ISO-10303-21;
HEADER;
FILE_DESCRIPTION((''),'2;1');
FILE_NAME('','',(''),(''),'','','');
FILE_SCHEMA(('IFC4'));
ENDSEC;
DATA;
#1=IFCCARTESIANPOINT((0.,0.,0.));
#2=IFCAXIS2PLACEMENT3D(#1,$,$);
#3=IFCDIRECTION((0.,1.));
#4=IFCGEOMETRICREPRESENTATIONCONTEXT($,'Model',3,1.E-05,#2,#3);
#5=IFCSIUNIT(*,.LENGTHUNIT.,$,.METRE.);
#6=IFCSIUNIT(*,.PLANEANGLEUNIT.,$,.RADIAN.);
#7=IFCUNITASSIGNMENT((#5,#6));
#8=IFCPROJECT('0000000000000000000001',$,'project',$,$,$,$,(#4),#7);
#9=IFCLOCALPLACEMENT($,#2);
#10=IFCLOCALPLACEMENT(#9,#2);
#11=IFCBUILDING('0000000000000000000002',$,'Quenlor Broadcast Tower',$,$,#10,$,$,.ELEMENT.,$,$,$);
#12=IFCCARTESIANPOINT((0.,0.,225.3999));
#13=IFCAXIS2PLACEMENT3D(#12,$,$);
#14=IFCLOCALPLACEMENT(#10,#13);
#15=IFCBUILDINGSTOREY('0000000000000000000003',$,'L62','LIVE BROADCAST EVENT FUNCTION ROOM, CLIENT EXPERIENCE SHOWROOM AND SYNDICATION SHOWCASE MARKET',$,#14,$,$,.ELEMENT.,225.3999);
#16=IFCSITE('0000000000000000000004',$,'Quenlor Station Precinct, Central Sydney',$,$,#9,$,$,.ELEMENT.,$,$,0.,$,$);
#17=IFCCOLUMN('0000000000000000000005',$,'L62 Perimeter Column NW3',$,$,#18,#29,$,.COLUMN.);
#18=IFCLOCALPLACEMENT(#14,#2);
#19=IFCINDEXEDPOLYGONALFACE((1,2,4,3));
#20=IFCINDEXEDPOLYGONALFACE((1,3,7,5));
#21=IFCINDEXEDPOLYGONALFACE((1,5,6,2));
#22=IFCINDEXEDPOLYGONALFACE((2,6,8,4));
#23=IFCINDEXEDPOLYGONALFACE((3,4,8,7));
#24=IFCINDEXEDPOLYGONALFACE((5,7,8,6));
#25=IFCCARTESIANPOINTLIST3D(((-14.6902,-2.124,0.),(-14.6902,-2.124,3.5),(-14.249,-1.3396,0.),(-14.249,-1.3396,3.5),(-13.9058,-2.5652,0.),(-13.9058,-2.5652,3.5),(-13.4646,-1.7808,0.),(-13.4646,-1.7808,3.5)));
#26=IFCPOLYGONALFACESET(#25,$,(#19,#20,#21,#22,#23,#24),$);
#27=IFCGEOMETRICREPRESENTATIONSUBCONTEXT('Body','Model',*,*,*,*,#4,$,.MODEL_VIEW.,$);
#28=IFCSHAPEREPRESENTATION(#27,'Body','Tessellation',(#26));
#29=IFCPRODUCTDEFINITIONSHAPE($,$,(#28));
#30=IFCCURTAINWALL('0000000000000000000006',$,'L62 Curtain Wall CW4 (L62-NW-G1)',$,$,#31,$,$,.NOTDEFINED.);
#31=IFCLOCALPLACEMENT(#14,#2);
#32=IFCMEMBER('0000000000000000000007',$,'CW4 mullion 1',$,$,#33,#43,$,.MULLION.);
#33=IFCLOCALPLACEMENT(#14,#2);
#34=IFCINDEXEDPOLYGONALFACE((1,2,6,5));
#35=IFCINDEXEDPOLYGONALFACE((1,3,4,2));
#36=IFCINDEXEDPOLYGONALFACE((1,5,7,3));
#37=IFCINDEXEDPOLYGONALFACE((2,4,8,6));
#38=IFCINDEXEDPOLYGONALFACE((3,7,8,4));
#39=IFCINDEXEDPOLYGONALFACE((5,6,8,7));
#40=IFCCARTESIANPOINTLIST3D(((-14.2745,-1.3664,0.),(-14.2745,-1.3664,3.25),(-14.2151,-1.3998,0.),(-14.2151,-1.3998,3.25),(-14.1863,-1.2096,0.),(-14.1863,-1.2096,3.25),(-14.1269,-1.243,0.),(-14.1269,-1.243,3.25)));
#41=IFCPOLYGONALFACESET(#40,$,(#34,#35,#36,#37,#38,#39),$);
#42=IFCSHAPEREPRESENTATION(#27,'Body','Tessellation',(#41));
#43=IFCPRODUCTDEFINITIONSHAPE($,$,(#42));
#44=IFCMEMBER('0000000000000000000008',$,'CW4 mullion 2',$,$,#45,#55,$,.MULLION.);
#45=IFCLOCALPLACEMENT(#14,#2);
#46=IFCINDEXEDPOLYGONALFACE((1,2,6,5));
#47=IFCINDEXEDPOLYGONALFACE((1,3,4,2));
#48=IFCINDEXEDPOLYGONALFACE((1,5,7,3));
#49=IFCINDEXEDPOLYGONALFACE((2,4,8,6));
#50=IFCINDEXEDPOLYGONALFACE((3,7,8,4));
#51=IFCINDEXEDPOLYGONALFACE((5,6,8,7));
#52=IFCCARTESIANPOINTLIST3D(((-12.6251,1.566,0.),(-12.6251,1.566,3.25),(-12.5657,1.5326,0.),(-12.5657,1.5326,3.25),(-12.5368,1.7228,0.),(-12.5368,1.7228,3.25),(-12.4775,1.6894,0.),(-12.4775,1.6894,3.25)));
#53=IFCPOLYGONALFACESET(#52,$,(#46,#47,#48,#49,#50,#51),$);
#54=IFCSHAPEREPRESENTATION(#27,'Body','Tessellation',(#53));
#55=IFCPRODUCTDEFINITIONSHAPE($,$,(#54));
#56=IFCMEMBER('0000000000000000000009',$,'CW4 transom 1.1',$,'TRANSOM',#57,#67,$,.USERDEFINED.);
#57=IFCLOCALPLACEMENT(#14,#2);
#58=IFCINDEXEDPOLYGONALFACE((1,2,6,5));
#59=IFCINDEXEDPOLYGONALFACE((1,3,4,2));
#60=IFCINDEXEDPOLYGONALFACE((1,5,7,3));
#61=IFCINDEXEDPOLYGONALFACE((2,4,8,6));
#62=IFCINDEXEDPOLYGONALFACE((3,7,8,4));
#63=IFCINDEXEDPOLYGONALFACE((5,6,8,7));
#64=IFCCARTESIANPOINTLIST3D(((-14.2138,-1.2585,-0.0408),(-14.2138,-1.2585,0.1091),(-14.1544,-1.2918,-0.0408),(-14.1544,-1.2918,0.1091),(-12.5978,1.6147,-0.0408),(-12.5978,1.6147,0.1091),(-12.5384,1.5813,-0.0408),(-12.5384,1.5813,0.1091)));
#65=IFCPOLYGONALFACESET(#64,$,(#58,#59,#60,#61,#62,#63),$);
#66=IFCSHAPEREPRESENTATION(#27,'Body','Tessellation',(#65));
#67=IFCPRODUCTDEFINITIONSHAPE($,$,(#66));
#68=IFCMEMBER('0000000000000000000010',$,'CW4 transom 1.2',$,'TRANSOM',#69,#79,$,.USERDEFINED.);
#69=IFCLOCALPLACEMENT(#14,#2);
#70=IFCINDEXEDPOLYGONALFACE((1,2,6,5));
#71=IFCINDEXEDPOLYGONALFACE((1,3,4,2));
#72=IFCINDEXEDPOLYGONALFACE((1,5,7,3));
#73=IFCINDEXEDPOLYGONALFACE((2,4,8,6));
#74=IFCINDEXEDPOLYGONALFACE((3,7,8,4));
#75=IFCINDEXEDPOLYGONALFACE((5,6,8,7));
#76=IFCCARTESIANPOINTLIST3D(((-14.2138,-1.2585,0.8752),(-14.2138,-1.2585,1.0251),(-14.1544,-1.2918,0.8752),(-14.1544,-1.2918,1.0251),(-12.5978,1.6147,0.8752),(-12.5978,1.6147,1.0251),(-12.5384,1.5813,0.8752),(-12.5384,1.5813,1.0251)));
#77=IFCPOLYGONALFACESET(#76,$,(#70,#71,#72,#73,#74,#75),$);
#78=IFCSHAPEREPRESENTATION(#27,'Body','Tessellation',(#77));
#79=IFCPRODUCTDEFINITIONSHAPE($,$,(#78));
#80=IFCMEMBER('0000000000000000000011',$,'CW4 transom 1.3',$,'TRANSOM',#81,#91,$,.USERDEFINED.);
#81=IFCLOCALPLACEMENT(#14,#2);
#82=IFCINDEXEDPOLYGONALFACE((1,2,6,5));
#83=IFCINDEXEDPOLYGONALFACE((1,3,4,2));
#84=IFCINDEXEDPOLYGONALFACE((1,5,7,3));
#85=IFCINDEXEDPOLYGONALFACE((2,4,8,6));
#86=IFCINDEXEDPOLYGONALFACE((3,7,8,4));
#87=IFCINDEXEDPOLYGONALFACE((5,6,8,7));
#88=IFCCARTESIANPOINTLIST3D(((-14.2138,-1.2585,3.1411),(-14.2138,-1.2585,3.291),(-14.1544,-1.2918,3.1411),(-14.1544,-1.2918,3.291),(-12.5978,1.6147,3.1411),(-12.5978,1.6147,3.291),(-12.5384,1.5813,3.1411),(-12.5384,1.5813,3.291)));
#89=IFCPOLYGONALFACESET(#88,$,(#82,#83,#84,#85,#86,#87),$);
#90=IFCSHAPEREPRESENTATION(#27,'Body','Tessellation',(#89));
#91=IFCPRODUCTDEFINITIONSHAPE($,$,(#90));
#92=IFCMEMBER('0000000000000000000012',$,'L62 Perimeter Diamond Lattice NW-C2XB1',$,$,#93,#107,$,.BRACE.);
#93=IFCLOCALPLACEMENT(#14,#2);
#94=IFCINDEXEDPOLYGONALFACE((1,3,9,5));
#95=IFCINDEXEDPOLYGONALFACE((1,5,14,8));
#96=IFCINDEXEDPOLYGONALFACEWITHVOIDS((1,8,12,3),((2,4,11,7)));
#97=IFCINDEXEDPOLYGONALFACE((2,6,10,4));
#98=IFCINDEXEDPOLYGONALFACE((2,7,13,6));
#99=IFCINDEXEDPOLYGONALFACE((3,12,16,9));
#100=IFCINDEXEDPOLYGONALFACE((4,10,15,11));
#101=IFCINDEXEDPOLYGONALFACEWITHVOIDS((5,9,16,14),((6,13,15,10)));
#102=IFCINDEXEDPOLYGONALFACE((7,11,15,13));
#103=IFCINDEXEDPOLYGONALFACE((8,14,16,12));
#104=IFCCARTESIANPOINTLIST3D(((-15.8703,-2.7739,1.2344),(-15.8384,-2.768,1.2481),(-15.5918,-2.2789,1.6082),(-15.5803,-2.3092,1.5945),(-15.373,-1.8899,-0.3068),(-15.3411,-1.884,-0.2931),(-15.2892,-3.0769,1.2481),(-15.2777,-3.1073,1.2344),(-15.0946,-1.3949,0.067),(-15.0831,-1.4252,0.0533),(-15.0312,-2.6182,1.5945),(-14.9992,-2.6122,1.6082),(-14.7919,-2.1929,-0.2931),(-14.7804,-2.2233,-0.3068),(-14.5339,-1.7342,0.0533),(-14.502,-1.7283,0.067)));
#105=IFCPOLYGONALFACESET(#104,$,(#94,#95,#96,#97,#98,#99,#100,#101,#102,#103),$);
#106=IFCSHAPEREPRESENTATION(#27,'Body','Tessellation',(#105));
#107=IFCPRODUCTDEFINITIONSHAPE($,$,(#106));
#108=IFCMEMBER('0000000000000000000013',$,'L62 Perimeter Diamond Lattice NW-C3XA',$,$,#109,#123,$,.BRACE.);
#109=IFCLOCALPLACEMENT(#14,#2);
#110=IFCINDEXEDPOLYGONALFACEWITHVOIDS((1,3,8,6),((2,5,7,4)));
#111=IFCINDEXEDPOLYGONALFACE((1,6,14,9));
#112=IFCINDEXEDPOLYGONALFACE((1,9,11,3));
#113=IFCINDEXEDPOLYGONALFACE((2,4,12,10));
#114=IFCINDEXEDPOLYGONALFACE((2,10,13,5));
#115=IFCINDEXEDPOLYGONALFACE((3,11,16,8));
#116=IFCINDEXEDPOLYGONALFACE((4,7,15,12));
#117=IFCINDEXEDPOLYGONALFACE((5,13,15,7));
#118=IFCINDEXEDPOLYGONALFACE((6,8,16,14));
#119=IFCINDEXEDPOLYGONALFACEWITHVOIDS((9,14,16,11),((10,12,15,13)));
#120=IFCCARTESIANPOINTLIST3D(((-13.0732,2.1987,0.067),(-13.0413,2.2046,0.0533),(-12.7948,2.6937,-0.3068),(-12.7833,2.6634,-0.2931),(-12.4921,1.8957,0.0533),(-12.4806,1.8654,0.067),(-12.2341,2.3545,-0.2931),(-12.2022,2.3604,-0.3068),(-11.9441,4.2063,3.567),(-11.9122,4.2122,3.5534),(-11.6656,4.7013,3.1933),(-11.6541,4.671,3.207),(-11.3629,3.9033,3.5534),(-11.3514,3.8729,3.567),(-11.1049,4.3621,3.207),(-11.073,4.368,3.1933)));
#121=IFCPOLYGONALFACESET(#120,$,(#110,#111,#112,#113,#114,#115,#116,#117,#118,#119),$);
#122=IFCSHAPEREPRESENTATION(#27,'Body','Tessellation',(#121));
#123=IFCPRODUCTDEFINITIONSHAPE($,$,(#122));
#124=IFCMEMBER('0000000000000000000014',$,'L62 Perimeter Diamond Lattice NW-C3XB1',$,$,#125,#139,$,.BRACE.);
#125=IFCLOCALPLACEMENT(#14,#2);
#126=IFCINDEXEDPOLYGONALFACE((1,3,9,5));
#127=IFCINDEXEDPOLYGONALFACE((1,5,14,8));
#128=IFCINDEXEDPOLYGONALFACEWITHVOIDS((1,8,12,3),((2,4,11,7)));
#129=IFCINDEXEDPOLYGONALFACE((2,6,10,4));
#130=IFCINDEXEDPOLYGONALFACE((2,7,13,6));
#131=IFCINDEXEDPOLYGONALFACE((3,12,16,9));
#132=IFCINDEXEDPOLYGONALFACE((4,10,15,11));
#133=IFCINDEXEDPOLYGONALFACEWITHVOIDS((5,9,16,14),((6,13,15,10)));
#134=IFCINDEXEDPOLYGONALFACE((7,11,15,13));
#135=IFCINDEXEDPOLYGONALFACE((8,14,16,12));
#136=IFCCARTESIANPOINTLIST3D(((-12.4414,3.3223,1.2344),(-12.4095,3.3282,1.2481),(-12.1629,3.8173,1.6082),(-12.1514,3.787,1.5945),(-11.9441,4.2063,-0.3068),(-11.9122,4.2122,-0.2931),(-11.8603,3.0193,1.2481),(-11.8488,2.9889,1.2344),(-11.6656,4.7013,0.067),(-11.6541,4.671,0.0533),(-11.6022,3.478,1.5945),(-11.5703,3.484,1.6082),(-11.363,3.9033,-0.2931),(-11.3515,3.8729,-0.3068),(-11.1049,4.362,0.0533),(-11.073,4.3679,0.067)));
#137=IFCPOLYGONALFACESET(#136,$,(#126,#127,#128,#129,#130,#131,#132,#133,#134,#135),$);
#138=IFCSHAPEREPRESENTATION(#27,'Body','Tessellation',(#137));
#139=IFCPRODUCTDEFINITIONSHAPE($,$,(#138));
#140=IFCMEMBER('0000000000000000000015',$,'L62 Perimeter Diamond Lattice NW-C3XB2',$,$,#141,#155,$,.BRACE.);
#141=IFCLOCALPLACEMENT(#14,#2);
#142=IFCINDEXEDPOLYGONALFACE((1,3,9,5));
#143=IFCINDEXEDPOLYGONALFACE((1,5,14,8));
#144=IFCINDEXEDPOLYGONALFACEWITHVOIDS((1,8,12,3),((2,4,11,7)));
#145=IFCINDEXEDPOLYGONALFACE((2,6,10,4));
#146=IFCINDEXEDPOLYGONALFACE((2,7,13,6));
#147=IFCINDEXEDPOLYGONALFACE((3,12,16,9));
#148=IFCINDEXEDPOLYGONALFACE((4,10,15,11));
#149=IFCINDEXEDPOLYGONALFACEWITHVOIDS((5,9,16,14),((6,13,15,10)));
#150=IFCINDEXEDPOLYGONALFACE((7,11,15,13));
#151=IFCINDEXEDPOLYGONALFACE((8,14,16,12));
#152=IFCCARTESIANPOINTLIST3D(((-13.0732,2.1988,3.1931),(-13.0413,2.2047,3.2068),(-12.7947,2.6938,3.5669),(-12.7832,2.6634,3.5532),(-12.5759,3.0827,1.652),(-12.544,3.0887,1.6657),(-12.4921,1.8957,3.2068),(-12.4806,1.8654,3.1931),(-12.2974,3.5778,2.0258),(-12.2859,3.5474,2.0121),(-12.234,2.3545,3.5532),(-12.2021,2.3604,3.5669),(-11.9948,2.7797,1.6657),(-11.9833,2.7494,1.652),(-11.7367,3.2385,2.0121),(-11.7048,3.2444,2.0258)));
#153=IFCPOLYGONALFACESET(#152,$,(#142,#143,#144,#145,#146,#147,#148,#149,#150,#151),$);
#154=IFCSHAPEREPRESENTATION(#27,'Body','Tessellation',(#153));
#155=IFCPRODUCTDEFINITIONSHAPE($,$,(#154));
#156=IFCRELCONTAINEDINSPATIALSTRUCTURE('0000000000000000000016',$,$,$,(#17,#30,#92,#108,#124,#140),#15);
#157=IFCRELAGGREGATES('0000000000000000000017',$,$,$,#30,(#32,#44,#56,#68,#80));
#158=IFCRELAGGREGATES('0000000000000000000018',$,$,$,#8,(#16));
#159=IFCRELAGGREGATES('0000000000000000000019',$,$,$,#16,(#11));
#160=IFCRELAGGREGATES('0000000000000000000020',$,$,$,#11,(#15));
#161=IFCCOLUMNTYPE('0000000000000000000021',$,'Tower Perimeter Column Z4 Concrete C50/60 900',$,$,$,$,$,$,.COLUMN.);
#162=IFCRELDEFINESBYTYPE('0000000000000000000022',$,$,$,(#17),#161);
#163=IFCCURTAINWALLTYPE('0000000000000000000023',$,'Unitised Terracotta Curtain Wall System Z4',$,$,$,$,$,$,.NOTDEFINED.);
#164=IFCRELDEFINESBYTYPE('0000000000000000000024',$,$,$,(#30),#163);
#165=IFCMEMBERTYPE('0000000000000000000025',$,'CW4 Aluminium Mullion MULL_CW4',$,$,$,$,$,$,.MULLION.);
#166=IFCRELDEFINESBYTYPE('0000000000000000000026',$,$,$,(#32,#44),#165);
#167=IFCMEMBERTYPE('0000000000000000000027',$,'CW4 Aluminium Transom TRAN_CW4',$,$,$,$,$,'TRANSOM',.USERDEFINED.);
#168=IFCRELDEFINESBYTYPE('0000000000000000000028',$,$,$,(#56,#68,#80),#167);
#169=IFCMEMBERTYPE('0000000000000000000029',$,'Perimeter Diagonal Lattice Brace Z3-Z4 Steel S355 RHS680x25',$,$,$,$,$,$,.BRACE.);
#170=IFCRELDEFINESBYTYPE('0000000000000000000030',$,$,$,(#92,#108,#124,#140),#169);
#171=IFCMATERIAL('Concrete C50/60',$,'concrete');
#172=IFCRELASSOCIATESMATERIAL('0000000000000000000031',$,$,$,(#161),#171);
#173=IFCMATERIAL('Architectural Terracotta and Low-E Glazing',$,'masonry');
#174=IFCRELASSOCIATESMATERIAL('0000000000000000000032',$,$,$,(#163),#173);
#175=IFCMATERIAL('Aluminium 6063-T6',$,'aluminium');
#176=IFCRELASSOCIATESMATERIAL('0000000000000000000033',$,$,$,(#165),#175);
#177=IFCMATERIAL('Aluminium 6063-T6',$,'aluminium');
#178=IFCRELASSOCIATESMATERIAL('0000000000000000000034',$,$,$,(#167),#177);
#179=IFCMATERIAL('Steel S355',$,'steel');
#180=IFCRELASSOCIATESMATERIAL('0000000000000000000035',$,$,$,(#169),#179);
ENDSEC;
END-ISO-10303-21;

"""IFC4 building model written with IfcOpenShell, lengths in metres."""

from ifc_helpers import new_model, si_unit, direction, frame, origin, origin_2d, place, context, subcontext, project, spatial, rectangle, hollow_rectangle, extrude, material, material_profile, profile_set, type_object, element, aggregate, save


model = new_model("IFC4")

# Units and contexts
model_context = context("Model", 3, precision=1e-05, world=origin(), true_north=direction((0.0, 1.0)))
body_context = subcontext(model_context, "Body", "Model", "MODEL_VIEW")
ifc_project = project(units=[si_unit("LENGTHUNIT", "METRE"), si_unit("PLANEANGLEUNIT", "RADIAN")], contexts=[model_context])

# Site, building, storey
site_placement = place(None, origin())
site = spatial("IfcSite", under=ifc_project, at=site_placement, Name="Quenlor Station Precinct, Central Sydney", CompositionType="ELEMENT", RefElevation=0.0)
building_placement = place(site_placement, origin())
building = spatial("IfcBuilding", under=site, at=building_placement, Name="Quenlor Broadcast Tower", CompositionType="ELEMENT")
storey_placement = place(building_placement, frame((0.0, 0.0, 225.3999)))
storey = spatial("IfcBuildingStorey", under=building, at=storey_placement, Name="L62", Description="LIVE BROADCAST EVENT FUNCTION ROOM, CLIENT EXPERIENCE SHOWROOM AND SYNDICATION SHOWCASE MARKET", CompositionType="ELEMENT", Elevation=225.3999)

# Column
ifc_material_1 = material(Name="Concrete C50/60", Category="concrete")
ifc_material_profile_1 = material_profile(ifc_material_1, rectangle(XDim=0.8999, YDim=0.8999, at=origin_2d()))
ifc_profile_set_1 = profile_set([ifc_material_profile_1], Name="Concrete C50/60 RC900x900")
column_type = type_object("IfcColumnType", Name="Tower Perimeter Column Z4 Concrete C50/60 900", PredefinedType="COLUMN", material=ifc_profile_set_1)
column_placement = place(storey_placement, frame((-14.0774, -1.9524, 0.0), z_axis=(0.0, 0.0, 1.0), x_axis=(-0.871575, 0.490262, 0.0)))
element("IfcColumn", 1, at=column_placement, inside=storey, type_object=column_type, Name="L62 Perimeter Column NW3", PredefinedType="COLUMN", context=body_context, shape_type="SweptSolid", body=[
    extrude(rectangle(XDim=0.8999, YDim=0.8999, at=origin_2d()), origin(), (0.0, 0.0, 1.0), 3.5),
])

# Curtain wall, members
ifc_material_2 = material(Name="Architectural Terracotta and Low-E Glazing", Category="masonry")
curtain_wall_type = type_object("IfcCurtainWallType", Name="Unitised Terracotta Curtain Wall System Z4", PredefinedType="NOTDEFINED", material=ifc_material_2)
curtain_wall_placement = place(storey_placement, origin())
curtain_wall = element("IfcCurtainWall", 2, at=curtain_wall_placement, inside=storey, type_object=curtain_wall_type, Name="L62 Curtain Wall CW4 (L62-NW-G1)", PredefinedType="NOTDEFINED")
ifc_material_3 = material(Name="Aluminium 6063-T6", Category="aluminium")
ifc_material_profile_2 = material_profile(ifc_material_3, rectangle(XDim=0.0681, YDim=0.1799, at=origin_2d()))
ifc_profile_set_2 = profile_set([ifc_material_profile_2], Name="Aluminium 6063-T6 MULL68x180")
member_type_1 = type_object("IfcMemberType", Name="CW4 Aluminium Mullion MULL_CW4", PredefinedType="MULLION", material=ifc_profile_set_2)
member_1_placement = place(storey_placement, frame((-14.2007, -1.3047, 0.0), z_axis=(0.0, 0.0, 1.0), x_axis=(-0.871578, 0.490257, 0.0)))
member_1 = element("IfcMember", 3, at=member_1_placement, type_object=member_type_1, Name="CW4 mullion 1", PredefinedType="MULLION", context=body_context, shape_type="SweptSolid", body=[
    extrude(rectangle(XDim=0.0681, YDim=0.1799, at=origin_2d()), origin(), (0.0, 0.0, 1.0), 3.25),
])
member_2_placement = place(storey_placement, frame((-12.5513, 1.6277, 0.0), z_axis=(0.0, 0.0, 1.0), x_axis=(-0.871578, 0.490257, 0.0)))
member_2 = element("IfcMember", 4, at=member_2_placement, type_object=member_type_1, Name="CW4 mullion 2", PredefinedType="MULLION", context=body_context, shape_type="SweptSolid", body=[
    extrude(rectangle(XDim=0.0681, YDim=0.1799, at=origin_2d()), origin(), (0.0, 0.0, 1.0), 3.25),
])
ifc_material_4 = material(Name="Aluminium 6063-T6", Category="aluminium")
ifc_material_profile_3 = material_profile(ifc_material_4, rectangle(XDim=0.0681, YDim=0.1499, at=origin_2d()))
ifc_profile_set_3 = profile_set([ifc_material_profile_3], Name="Aluminium 6063-T6 TRAN68x150")
member_type_2 = type_object("IfcMemberType", Name="CW4 Aluminium Transom TRAN_CW4", ElementType="TRANSOM", PredefinedType="USERDEFINED", material=ifc_profile_set_3)
member_3_placement = place(storey_placement, frame((-14.1841, -1.2751, 0.0342), z_axis=(0.490233, 0.871591, 0.0), x_axis=(-0.871591, 0.490233, 0.0)))
member_3 = element("IfcMember", 5, at=member_3_placement, type_object=member_type_2, Name="CW4 transom 1.1", ObjectType="TRANSOM", PredefinedType="USERDEFINED", context=body_context, shape_type="SweptSolid", body=[
    extrude(rectangle(XDim=0.0681, YDim=0.1499, at=origin_2d()), origin(), (0.0, 0.0, 1.0), 3.2964),
])
member_4_placement = place(storey_placement, frame((-14.1841, -1.2751, 0.9502), z_axis=(0.490233, 0.871591, 0.0), x_axis=(-0.871591, 0.490233, 0.0)))
member_4 = element("IfcMember", 6, at=member_4_placement, type_object=member_type_2, Name="CW4 transom 1.2", ObjectType="TRANSOM", PredefinedType="USERDEFINED", context=body_context, shape_type="SweptSolid", body=[
    extrude(rectangle(XDim=0.0681, YDim=0.1499, at=origin_2d()), origin(), (0.0, 0.0, 1.0), 3.2964),
])
member_5_placement = place(storey_placement, frame((-14.1841, -1.2751, 3.2161), z_axis=(0.490233, 0.871591, 0.0), x_axis=(-0.871591, 0.490233, 0.0)))
member_5 = element("IfcMember", 7, at=member_5_placement, type_object=member_type_2, Name="CW4 transom 1.3", ObjectType="TRANSOM", PredefinedType="USERDEFINED", context=body_context, shape_type="SweptSolid", body=[
    extrude(rectangle(XDim=0.0681, YDim=0.1499, at=origin_2d()), origin(), (0.0, 0.0, 1.0), 3.2964),
])

# Members
ifc_material_5 = material(Name="Steel S355", Category="steel")
ifc_material_profile_4 = material_profile(ifc_material_5, hollow_rectangle(XDim=0.6799, YDim=0.6799, WallThickness=0.0249, at=origin_2d()))
ifc_profile_set_4 = profile_set([ifc_material_profile_4], Name="Steel S355 RHS680x680x25")
member_type_3 = type_object("IfcMemberType", Name="Perimeter Diagonal Lattice Brace Z3-Z4 Steel S355 RHS680x25", PredefinedType="BRACE", material=ifc_profile_set_4)
member_6_placement = place(storey_placement, frame((-14.9375, -1.8091, -0.1199), z_axis=(-0.269536, -0.47913, 0.835335), x_axis=(0.871556, -0.490296, 0.0)))
element("IfcMember", 8, at=member_6_placement, inside=storey, type_object=member_type_3, Name="L62 Perimeter Diamond Lattice NW-C2XB1", PredefinedType="BRACE", context=body_context, shape_type="SweptSolid", body=[
    extrude(hollow_rectangle(XDim=0.6799, YDim=0.6799, WallThickness=0.0249, at=origin_2d()), origin(), (0.0, 0.0, 1.0), 1.845),
])
member_7_placement = place(storey_placement, frame((-12.6377, 2.2795, -0.1199), z_axis=(0.269493, 0.479144, 0.835341), x_axis=(-0.871595, 0.490226, 0.0)))
element("IfcMember", 9, at=member_7_placement, inside=storey, type_object=member_type_3, Name="L62 Perimeter Diamond Lattice NW-C3XA", PredefinedType="BRACE", context=body_context, shape_type="SweptSolid", body=[
    extrude(hollow_rectangle(XDim=0.6799, YDim=0.6799, WallThickness=0.0249, at=origin_2d()), origin(), (0.0, 0.0, 1.0), 4.1899),
])
for number, where, z_axis, x_axis, name in (
    (10, (-11.5085, 4.2871, -0.1199), (-0.269536, -0.47913, 0.835335), (0.871556, -0.490296, 0.0), "L62 Perimeter Diamond Lattice NW-C3XB1"),
    (11, (-12.1404, 3.1636, 1.8389), (-0.269536, -0.47913, 0.835335), (0.871556, -0.490296, 0.0), "L62 Perimeter Diamond Lattice NW-C3XB2"),
):
    element("IfcMember", number, at=place(storey_placement, frame(where, z_axis=z_axis, x_axis=x_axis)), inside=storey, type_object=member_type_3, Name=name, PredefinedType="BRACE", context=body_context, shape_type="SweptSolid", body=[
        extrude(hollow_rectangle(XDim=0.6799, YDim=0.6799, WallThickness=0.0249, at=origin_2d()), origin(), (0.0, 0.0, 1.0), 1.845),
    ])

aggregate(curtain_wall, [member_1, member_2, member_3, member_4, member_5])

save(model, "model.ifc")
